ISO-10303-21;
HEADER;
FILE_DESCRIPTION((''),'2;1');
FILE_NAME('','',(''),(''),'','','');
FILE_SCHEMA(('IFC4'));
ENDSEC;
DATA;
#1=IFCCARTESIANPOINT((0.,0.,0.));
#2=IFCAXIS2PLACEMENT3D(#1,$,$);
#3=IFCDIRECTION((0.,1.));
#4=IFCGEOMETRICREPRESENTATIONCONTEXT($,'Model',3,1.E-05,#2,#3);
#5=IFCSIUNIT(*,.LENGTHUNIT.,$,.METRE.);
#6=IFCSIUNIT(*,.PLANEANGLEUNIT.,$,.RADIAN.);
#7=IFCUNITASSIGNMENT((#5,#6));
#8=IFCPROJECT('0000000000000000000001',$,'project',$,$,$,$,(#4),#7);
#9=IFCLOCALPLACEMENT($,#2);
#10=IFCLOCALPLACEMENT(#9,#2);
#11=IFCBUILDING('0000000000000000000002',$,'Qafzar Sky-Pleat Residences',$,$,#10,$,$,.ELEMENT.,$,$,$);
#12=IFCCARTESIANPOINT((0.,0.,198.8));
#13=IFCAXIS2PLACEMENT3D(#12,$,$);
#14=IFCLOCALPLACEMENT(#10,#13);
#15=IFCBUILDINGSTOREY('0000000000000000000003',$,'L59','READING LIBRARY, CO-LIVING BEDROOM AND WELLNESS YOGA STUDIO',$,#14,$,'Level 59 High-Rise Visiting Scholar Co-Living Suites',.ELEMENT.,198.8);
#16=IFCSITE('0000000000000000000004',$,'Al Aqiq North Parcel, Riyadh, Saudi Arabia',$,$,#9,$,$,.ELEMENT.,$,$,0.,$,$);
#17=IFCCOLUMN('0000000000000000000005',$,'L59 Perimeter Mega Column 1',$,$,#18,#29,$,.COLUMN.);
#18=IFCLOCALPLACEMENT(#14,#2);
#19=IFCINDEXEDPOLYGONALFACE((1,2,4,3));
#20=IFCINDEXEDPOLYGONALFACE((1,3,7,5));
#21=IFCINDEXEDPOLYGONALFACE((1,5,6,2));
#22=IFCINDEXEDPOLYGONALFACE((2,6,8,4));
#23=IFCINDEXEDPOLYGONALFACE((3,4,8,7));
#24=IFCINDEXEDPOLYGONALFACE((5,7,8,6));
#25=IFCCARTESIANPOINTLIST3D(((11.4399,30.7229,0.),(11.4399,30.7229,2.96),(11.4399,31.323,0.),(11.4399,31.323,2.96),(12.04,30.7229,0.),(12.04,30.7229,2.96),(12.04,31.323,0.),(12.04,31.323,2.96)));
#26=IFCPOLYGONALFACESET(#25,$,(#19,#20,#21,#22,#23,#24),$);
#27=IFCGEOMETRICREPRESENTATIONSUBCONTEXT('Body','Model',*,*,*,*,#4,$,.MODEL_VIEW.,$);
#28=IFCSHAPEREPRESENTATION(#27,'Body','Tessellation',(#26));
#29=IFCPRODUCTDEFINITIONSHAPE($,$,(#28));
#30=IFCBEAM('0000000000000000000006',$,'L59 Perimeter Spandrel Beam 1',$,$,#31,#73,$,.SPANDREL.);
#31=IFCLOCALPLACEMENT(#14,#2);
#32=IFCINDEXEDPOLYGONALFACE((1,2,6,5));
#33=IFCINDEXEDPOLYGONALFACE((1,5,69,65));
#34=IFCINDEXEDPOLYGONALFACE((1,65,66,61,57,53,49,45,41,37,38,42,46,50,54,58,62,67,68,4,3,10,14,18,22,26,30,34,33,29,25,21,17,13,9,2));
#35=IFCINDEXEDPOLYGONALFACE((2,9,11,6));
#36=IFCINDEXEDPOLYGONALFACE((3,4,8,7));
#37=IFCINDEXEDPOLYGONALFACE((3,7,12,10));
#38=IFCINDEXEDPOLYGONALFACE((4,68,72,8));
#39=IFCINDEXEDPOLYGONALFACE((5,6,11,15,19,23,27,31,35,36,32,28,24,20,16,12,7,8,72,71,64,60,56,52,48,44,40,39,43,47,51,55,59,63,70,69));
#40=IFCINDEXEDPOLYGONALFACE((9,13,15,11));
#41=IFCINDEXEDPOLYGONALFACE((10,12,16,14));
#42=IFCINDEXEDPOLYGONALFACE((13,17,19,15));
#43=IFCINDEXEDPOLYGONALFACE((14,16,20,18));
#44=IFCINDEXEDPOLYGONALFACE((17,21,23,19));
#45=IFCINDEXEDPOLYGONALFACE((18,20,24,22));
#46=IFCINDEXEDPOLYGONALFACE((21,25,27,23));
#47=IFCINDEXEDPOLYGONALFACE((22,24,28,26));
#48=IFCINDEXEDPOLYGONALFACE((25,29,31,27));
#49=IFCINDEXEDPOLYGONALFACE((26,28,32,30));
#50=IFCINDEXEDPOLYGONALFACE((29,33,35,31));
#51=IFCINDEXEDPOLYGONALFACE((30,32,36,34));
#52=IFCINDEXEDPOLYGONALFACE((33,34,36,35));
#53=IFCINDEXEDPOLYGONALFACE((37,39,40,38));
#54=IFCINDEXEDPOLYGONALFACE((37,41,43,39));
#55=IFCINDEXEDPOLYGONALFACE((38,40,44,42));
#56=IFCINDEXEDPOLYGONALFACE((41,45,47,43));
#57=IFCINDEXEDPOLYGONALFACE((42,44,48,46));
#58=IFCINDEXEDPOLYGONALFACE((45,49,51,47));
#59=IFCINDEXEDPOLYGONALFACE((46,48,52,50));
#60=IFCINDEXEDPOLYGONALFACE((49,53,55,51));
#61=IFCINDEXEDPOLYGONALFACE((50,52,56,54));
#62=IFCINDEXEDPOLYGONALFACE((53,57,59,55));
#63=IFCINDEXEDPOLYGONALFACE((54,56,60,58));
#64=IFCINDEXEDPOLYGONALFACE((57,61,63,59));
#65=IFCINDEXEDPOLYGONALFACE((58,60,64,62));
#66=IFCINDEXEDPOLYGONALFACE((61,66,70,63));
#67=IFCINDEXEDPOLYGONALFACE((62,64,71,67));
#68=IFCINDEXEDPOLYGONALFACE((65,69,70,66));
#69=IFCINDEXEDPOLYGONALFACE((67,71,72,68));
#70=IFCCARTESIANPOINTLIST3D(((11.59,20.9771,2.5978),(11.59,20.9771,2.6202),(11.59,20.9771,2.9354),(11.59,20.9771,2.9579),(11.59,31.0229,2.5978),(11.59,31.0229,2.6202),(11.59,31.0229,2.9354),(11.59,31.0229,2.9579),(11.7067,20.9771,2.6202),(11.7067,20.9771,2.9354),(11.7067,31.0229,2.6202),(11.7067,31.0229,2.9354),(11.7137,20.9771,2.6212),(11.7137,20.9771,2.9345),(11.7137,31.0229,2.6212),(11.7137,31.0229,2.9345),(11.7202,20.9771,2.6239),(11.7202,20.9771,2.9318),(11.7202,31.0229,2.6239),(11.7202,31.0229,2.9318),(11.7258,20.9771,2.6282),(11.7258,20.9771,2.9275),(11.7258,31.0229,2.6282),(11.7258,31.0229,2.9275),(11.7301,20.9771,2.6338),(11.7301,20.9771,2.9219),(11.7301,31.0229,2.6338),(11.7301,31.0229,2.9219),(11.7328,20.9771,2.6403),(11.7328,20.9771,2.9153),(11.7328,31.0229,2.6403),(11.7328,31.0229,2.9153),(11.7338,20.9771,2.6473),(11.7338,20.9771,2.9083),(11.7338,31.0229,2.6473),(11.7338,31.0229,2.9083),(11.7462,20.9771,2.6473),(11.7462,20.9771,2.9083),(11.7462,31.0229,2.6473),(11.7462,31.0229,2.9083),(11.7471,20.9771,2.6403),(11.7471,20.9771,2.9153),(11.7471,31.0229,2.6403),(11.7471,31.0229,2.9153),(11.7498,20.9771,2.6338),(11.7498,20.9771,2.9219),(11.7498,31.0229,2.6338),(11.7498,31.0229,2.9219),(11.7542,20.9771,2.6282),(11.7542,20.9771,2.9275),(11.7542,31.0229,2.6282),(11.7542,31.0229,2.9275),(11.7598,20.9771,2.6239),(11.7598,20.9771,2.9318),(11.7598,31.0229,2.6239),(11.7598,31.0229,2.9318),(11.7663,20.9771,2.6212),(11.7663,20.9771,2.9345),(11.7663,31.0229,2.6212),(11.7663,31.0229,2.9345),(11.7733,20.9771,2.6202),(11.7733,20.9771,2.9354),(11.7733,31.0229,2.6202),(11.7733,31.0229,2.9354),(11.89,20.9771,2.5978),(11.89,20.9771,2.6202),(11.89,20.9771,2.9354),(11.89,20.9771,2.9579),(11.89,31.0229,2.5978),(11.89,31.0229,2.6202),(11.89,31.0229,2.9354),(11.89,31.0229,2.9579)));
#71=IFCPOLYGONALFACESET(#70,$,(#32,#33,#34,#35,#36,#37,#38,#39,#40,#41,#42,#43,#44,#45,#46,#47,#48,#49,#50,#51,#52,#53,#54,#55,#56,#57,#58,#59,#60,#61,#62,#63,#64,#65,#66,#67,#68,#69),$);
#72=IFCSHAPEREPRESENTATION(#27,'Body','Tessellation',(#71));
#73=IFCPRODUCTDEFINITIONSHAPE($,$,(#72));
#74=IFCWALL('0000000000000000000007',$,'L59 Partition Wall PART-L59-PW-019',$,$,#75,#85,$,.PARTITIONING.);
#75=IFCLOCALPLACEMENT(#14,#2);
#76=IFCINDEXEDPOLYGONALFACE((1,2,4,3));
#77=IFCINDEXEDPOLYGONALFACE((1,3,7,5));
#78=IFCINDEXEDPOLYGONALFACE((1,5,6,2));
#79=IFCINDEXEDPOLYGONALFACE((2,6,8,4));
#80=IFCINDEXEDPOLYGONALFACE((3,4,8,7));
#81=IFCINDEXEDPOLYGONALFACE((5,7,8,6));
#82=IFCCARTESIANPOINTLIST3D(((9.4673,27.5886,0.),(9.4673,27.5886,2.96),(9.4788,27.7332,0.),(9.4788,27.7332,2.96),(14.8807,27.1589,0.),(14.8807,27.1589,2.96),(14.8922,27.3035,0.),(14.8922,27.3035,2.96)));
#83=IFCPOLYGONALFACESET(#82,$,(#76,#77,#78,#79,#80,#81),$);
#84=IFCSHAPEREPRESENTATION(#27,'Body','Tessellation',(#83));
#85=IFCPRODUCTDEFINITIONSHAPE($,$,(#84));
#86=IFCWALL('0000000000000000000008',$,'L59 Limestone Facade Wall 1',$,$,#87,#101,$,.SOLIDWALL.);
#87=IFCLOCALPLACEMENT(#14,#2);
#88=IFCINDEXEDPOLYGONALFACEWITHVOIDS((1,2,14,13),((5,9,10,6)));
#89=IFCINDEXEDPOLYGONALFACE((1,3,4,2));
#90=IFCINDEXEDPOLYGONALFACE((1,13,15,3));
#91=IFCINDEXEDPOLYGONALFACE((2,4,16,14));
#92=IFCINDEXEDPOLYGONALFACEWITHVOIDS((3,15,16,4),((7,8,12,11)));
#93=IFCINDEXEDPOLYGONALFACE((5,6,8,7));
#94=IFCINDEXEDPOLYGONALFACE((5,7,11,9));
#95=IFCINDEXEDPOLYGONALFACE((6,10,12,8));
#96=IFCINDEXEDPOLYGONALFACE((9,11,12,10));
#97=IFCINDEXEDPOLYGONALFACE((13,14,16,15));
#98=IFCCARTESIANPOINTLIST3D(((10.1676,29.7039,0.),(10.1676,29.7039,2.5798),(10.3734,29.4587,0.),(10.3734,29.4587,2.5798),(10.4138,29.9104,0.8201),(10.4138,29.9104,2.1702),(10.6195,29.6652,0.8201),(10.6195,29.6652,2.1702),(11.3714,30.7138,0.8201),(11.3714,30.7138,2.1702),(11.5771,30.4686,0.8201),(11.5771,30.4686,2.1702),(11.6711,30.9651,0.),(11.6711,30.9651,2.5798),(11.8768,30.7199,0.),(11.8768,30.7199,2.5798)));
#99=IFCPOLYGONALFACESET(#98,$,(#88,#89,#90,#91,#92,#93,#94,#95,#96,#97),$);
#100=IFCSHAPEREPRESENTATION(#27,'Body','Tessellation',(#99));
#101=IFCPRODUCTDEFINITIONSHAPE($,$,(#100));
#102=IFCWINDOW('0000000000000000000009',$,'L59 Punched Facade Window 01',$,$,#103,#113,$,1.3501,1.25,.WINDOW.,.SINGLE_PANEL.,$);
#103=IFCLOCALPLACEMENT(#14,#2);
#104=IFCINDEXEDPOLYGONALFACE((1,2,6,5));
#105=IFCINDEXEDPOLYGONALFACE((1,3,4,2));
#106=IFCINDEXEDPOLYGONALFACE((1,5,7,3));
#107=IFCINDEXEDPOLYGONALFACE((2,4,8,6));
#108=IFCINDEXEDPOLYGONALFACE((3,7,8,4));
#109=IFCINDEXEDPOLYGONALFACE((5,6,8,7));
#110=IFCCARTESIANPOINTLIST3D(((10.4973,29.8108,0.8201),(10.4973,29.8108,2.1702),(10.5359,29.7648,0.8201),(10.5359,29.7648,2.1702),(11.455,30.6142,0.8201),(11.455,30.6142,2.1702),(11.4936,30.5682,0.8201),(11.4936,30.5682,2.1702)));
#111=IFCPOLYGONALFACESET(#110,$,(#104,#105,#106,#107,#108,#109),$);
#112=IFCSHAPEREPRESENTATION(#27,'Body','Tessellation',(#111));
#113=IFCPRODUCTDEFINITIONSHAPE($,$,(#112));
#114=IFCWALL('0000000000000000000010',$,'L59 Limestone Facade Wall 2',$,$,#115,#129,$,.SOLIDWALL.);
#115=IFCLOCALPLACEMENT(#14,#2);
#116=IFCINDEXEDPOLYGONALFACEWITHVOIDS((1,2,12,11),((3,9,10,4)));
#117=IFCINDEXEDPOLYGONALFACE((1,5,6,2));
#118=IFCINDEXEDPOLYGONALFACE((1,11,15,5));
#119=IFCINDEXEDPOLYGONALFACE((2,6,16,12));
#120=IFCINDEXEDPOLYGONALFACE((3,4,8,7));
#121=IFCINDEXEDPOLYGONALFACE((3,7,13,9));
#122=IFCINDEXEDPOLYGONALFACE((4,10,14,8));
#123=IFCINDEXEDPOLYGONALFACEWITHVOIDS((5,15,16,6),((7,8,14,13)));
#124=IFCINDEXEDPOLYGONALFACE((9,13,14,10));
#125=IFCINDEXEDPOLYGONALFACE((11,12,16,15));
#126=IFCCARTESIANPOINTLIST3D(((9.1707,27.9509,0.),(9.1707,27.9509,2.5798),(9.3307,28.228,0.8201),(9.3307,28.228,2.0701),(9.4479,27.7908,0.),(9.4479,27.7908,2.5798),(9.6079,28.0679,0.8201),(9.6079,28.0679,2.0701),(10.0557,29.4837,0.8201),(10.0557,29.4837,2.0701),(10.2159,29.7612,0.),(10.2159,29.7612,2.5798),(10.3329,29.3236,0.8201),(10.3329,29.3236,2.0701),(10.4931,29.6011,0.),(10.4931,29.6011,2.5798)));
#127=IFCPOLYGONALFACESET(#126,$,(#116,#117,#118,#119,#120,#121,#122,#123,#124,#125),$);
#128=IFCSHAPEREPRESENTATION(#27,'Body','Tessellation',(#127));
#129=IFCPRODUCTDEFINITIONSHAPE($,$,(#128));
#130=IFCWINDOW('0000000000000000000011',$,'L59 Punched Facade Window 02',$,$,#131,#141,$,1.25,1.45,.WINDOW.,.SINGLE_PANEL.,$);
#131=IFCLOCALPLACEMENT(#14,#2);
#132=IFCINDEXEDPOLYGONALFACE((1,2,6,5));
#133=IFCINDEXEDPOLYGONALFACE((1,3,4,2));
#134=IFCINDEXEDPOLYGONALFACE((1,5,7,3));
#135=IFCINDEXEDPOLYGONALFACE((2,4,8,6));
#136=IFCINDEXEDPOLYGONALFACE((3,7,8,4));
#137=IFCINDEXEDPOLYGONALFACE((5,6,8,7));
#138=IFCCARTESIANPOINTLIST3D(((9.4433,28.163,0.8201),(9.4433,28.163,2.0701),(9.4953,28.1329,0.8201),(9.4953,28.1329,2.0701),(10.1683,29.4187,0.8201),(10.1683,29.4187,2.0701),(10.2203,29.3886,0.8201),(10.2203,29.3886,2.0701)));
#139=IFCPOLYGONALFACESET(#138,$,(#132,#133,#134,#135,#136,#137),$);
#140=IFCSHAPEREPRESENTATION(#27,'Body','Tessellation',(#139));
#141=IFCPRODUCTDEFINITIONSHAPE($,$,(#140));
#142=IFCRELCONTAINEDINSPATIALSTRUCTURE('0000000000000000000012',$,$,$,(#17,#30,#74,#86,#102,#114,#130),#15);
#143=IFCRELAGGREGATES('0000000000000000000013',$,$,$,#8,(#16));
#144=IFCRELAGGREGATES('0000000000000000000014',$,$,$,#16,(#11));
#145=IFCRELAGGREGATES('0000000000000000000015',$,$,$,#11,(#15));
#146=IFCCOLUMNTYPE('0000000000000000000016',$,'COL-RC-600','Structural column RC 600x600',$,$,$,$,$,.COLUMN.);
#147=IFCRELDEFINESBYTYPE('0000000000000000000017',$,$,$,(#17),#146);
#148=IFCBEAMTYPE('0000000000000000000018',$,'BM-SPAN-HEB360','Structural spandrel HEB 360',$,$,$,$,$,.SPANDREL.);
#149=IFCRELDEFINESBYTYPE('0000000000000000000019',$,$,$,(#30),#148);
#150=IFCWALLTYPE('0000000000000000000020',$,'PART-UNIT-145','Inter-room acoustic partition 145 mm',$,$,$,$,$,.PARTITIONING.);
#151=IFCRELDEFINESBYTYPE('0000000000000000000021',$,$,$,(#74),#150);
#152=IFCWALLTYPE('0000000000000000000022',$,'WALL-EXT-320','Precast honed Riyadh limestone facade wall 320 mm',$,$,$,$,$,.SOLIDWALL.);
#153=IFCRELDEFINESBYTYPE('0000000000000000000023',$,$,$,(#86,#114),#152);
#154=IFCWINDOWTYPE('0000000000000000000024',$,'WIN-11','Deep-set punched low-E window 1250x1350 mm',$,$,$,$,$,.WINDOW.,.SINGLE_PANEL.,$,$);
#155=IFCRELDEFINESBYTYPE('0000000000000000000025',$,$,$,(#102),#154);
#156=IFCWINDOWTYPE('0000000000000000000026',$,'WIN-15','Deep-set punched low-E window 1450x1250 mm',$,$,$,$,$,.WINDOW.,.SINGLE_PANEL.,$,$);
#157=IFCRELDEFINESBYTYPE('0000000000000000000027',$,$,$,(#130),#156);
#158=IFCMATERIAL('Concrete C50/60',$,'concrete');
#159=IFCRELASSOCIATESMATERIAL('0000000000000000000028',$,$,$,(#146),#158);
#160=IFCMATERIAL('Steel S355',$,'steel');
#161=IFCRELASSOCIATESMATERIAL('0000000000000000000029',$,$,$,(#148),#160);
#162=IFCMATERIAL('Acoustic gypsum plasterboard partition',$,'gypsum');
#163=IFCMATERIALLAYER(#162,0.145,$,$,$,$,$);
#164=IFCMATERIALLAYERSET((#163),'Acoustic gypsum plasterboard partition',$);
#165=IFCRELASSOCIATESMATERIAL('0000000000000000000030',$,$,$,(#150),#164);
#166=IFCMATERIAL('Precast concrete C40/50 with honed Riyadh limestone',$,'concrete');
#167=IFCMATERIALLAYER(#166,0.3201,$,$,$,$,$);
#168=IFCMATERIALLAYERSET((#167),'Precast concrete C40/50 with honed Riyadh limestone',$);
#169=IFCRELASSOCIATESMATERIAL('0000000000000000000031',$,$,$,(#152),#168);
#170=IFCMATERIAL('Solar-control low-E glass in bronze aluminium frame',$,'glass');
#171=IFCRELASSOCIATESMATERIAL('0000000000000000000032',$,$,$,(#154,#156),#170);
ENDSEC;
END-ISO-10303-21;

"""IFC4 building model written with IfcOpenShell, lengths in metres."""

from ifc_helpers import new_model, si_unit, direction, frame, frame_2d, origin, origin_2d, place, context, subcontext, project, spatial, rectangle, i_section, extrude, source, transform, mapped, material, layer, layer_set, material_profile, profile_set, type_object, element, fill, save


model = new_model("IFC4")

# Units and contexts
model_context = context("Model", 3, precision=1e-05, world=origin(), true_north=direction((0.0, 1.0)))
body_context = subcontext(model_context, "Body", "Model", "MODEL_VIEW")
ifc_project = project(units=[si_unit("LENGTHUNIT", "METRE"), si_unit("PLANEANGLEUNIT", "RADIAN")], contexts=[model_context])

# Site, building, storey
site_placement = place(None, origin())
site = spatial("IfcSite", under=ifc_project, at=site_placement, Name="Al Aqiq North Parcel, Riyadh, Saudi Arabia", CompositionType="ELEMENT", RefElevation=0.0)
building_placement = place(site_placement, origin())
building = spatial("IfcBuilding", under=site, at=building_placement, Name="Qafzar Sky-Pleat Residences", CompositionType="ELEMENT")
storey_placement = place(building_placement, frame((0.0, 0.0, 198.8)))
storey = spatial("IfcBuildingStorey", under=building, at=storey_placement, Name="L59", Description="READING LIBRARY, CO-LIVING BEDROOM AND WELLNESS YOGA STUDIO", LongName="Level 59 High-Rise Visiting Scholar Co-Living Suites", CompositionType="ELEMENT", Elevation=198.8)

# Column
ifc_material_1 = material(Name="Concrete C50/60", Category="concrete")
ifc_material_profile_1 = material_profile(ifc_material_1, rectangle(XDim=0.6001, YDim=0.6001, at=origin_2d()), Name="RC 600x600")
ifc_profile_set_1 = profile_set([ifc_material_profile_1], Name="Concrete C50/60")
column_type = type_object("IfcColumnType", Name="COL-RC-600", Description="Structural column RC 600x600", PredefinedType="COLUMN", material=ifc_profile_set_1)
shared_shape_1 = source(origin(), body_context, "Body", "SweptSolid", [
    extrude(rectangle(XDim=0.6001, YDim=0.6001, at=origin_2d()), origin(), (0.0, 0.0, 1.0), 2.96),
])
column_placement = place(storey_placement, frame((11.74, 31.0229, 0.0), z_axis=(0.0, 0.0, 1.0), x_axis=(1.0, 0.0, 0.0)))
element("IfcColumn", 1, at=column_placement, inside=storey, type_object=column_type, Name="L59 Perimeter Mega Column 1", PredefinedType="COLUMN", context=body_context, shape_type="MappedRepresentation", body=[
    mapped(shared_shape_1, transform((0.0, 0.0, 0.0), x_axis=(1.0, 0.0, 0.0), y_axis=(0.0, 1.0, 0.0), z_axis=(0.0, 0.0, 1.0), scale=1.0)),
])

# Beam
ifc_material_2 = material(Name="Steel S355", Category="steel")
ifc_material_profile_2 = material_profile(ifc_material_2, i_section(OverallWidth=0.3, OverallDepth=0.3601, WebThickness=0.0125, FlangeThickness=0.0225, FilletRadius=0.0271, at=origin_2d()), Name="HEB 360")
ifc_profile_set_2 = profile_set([ifc_material_profile_2], Name="Steel S355")
beam_type = type_object("IfcBeamType", Name="BM-SPAN-HEB360", Description="Structural spandrel HEB 360", PredefinedType="SPANDREL", material=ifc_profile_set_2)
shared_shape_2 = source(origin(), body_context, "Body", "SweptSolid", [
    extrude(i_section(OverallWidth=0.3, OverallDepth=0.3601, WebThickness=0.0125, FlangeThickness=0.0225, FilletRadius=0.0271, at=origin_2d()), origin(), (0.0, 0.0, 1.0), 10.0459),
])
beam_placement = place(storey_placement, frame((11.74, 31.0229, 2.7778), z_axis=(0.0, -1.0, 0.0), x_axis=(1.0, 0.0, 0.0)))
element("IfcBeam", 2, at=beam_placement, inside=storey, type_object=beam_type, Name="L59 Perimeter Spandrel Beam 1", PredefinedType="SPANDREL", context=body_context, shape_type="MappedRepresentation", body=[
    mapped(shared_shape_2, transform((0.0, 0.0, 0.0), x_axis=(1.0, 0.0, 0.0), y_axis=(0.0, 1.0, 0.0), z_axis=(0.0, 0.0, 1.0), scale=1.0)),
])

# Wall
ifc_material_3 = material(Name="Acoustic gypsum plasterboard partition", Category="gypsum")
ifc_layer_1 = layer(ifc_material_3, 0.145)
ifc_layer_set_1 = layer_set([ifc_layer_1], Name="Acoustic gypsum plasterboard partition")
wall_type_1 = type_object("IfcWallType", Name="PART-UNIT-145", Description="Inter-room acoustic partition 145 mm", PredefinedType="PARTITIONING", material=ifc_layer_set_1)
wall_1_placement = place(storey_placement, frame((9.4729, 27.6609, 0.0), z_axis=(0.0, 0.0, 1.0), x_axis=(0.996865, -0.079127, 0.0)))
element("IfcWall", 3, at=wall_1_placement, inside=storey, type_object=wall_type_1, Name="L59 Partition Wall PART-L59-PW-019", PredefinedType="PARTITIONING", context=body_context, shape_type="SweptSolid", body=[
    extrude(rectangle(XDim=5.4304, YDim=0.145, at=frame_2d((2.7153, 0.0))), origin(), (0.0, 0.0, 1.0), 2.96),
])

# Walls, openings, windows
ifc_material_4 = material(Name="Precast concrete C40/50 with honed Riyadh limestone", Category="concrete")
ifc_layer_2 = layer(ifc_material_4, 0.3201)
ifc_layer_set_2 = layer_set([ifc_layer_2], Name="Precast concrete C40/50 with honed Riyadh limestone")
wall_type_2 = type_object("IfcWallType", Name="WALL-EXT-320", Description="Precast honed Riyadh limestone facade wall 320 mm", PredefinedType="SOLIDWALL", material=ifc_layer_set_2)
wall_2_placement = place(storey_placement, frame((11.7739, 30.8425, 0.0), z_axis=(0.0, 0.0, 1.0), x_axis=(-0.766116, -0.642702, 0.0)))
wall_2 = element("IfcWall", 4, at=wall_2_placement, inside=storey, type_object=wall_type_2, Name="L59 Limestone Facade Wall 1", PredefinedType="SOLIDWALL", context=body_context, shape_type="SweptSolid", body=[
    extrude(rectangle(XDim=1.9624, YDim=0.3201, at=frame_2d((0.9812, 0.0))), origin(), (0.0, 0.0, 1.0), 2.5798),
])
opening_1_placement = place(wall_2_placement, frame((0.3911, 0.0, 0.8201)))
opening_1 = element("IfcOpeningElement", 5, at=opening_1_placement, cuts=wall_2, PredefinedType="OPENING", context=body_context, shape_type="SweptSolid", body=[
    extrude(rectangle(XDim=1.25, YDim=1.3501, at=frame_2d((0.625, 0.675))), frame((0.0, 0.1699, 0.0), z_axis=(0.0, -1.0, 0.0), x_axis=(1.0, 0.0, 0.0)), (0.0, 0.0, 1.0), 0.3401),
])
ifc_material_5 = material(Name="Solar-control low-E glass in bronze aluminium frame", Category="glass")
window_type_1 = type_object("IfcWindowType", Name="WIN-11", Description="Deep-set punched low-E window 1250x1350 mm", PartitioningType="SINGLE_PANEL", PredefinedType="WINDOW", material=ifc_material_5)
shared_shape_3 = source(origin(), body_context, "Body", "SweptSolid", [
    extrude(rectangle(XDim=1.25, YDim=1.3501, at=frame_2d((0.625, 0.675))), frame((0.0, 0.03, 0.0), z_axis=(0.0, -1.0, 0.0), x_axis=(1.0, 0.0, 0.0)), (0.0, 0.0, 1.0), 0.0601),
])
window_1_placement = place(opening_1_placement, origin())
window_1 = element("IfcWindow", 6, at=window_1_placement, inside=storey, type_object=window_type_1, Name="L59 Punched Facade Window 01", OverallHeight=1.3501, OverallWidth=1.25, PartitioningType="SINGLE_PANEL", PredefinedType="WINDOW", context=body_context, shape_type="MappedRepresentation", body=[
    mapped(shared_shape_3, transform((0.0, 0.0, 0.0), x_axis=(1.0, 0.0, 0.0), y_axis=(0.0, 1.0, 0.0), z_axis=(0.0, 0.0, 1.0), scale=1.0)),
])
fill(opening_1, window_1)
wall_3_placement = place(storey_placement, frame((10.3545, 29.6812, 0.0), z_axis=(0.0, 0.0, 1.0), x_axis=(-0.499995, -0.866028, 0.0)))
wall_3 = element("IfcWall", 7, at=wall_3_placement, inside=storey, type_object=wall_type_2, Name="L59 Limestone Facade Wall 2", PredefinedType="SOLIDWALL", context=body_context, shape_type="SweptSolid", body=[
    extrude(rectangle(XDim=2.0903, YDim=0.3201, at=frame_2d((1.0452, 0.0))), origin(), (0.0, 0.0, 1.0), 2.5798),
])
opening_2_placement = place(wall_3_placement, frame((0.3203, 0.0, 0.8201)))
opening_2 = element("IfcOpeningElement", 8, at=opening_2_placement, cuts=wall_3, PredefinedType="OPENING", context=body_context, shape_type="SweptSolid", body=[
    extrude(rectangle(XDim=1.45, YDim=1.25, at=frame_2d((0.7251, 0.625))), frame((0.0, 0.1699, 0.0), z_axis=(0.0, -1.0, 0.0), x_axis=(1.0, 0.0, 0.0)), (0.0, 0.0, 1.0), 0.3401),
])
window_type_2 = type_object("IfcWindowType", Name="WIN-15", Description="Deep-set punched low-E window 1450x1250 mm", PartitioningType="SINGLE_PANEL", PredefinedType="WINDOW", material=ifc_material_5)
shared_shape_4 = source(origin(), body_context, "Body", "SweptSolid", [
    extrude(rectangle(XDim=1.45, YDim=1.25, at=frame_2d((0.7251, 0.625))), frame((0.0, 0.03, 0.0), z_axis=(0.0, -1.0, 0.0), x_axis=(1.0, 0.0, 0.0)), (0.0, 0.0, 1.0), 0.0601),
])
window_2_placement = place(opening_2_placement, origin())
window_2 = element("IfcWindow", 9, at=window_2_placement, inside=storey, type_object=window_type_2, Name="L59 Punched Facade Window 02", OverallHeight=1.25, OverallWidth=1.45, PartitioningType="SINGLE_PANEL", PredefinedType="WINDOW", context=body_context, shape_type="MappedRepresentation", body=[
    mapped(shared_shape_4, transform((0.0, 0.0, 0.0), x_axis=(1.0, 0.0, 0.0), y_axis=(0.0, 1.0, 0.0), z_axis=(0.0, 0.0, 1.0), scale=1.0)),
])
fill(opening_2, window_2)

save(model, "model.ifc")
